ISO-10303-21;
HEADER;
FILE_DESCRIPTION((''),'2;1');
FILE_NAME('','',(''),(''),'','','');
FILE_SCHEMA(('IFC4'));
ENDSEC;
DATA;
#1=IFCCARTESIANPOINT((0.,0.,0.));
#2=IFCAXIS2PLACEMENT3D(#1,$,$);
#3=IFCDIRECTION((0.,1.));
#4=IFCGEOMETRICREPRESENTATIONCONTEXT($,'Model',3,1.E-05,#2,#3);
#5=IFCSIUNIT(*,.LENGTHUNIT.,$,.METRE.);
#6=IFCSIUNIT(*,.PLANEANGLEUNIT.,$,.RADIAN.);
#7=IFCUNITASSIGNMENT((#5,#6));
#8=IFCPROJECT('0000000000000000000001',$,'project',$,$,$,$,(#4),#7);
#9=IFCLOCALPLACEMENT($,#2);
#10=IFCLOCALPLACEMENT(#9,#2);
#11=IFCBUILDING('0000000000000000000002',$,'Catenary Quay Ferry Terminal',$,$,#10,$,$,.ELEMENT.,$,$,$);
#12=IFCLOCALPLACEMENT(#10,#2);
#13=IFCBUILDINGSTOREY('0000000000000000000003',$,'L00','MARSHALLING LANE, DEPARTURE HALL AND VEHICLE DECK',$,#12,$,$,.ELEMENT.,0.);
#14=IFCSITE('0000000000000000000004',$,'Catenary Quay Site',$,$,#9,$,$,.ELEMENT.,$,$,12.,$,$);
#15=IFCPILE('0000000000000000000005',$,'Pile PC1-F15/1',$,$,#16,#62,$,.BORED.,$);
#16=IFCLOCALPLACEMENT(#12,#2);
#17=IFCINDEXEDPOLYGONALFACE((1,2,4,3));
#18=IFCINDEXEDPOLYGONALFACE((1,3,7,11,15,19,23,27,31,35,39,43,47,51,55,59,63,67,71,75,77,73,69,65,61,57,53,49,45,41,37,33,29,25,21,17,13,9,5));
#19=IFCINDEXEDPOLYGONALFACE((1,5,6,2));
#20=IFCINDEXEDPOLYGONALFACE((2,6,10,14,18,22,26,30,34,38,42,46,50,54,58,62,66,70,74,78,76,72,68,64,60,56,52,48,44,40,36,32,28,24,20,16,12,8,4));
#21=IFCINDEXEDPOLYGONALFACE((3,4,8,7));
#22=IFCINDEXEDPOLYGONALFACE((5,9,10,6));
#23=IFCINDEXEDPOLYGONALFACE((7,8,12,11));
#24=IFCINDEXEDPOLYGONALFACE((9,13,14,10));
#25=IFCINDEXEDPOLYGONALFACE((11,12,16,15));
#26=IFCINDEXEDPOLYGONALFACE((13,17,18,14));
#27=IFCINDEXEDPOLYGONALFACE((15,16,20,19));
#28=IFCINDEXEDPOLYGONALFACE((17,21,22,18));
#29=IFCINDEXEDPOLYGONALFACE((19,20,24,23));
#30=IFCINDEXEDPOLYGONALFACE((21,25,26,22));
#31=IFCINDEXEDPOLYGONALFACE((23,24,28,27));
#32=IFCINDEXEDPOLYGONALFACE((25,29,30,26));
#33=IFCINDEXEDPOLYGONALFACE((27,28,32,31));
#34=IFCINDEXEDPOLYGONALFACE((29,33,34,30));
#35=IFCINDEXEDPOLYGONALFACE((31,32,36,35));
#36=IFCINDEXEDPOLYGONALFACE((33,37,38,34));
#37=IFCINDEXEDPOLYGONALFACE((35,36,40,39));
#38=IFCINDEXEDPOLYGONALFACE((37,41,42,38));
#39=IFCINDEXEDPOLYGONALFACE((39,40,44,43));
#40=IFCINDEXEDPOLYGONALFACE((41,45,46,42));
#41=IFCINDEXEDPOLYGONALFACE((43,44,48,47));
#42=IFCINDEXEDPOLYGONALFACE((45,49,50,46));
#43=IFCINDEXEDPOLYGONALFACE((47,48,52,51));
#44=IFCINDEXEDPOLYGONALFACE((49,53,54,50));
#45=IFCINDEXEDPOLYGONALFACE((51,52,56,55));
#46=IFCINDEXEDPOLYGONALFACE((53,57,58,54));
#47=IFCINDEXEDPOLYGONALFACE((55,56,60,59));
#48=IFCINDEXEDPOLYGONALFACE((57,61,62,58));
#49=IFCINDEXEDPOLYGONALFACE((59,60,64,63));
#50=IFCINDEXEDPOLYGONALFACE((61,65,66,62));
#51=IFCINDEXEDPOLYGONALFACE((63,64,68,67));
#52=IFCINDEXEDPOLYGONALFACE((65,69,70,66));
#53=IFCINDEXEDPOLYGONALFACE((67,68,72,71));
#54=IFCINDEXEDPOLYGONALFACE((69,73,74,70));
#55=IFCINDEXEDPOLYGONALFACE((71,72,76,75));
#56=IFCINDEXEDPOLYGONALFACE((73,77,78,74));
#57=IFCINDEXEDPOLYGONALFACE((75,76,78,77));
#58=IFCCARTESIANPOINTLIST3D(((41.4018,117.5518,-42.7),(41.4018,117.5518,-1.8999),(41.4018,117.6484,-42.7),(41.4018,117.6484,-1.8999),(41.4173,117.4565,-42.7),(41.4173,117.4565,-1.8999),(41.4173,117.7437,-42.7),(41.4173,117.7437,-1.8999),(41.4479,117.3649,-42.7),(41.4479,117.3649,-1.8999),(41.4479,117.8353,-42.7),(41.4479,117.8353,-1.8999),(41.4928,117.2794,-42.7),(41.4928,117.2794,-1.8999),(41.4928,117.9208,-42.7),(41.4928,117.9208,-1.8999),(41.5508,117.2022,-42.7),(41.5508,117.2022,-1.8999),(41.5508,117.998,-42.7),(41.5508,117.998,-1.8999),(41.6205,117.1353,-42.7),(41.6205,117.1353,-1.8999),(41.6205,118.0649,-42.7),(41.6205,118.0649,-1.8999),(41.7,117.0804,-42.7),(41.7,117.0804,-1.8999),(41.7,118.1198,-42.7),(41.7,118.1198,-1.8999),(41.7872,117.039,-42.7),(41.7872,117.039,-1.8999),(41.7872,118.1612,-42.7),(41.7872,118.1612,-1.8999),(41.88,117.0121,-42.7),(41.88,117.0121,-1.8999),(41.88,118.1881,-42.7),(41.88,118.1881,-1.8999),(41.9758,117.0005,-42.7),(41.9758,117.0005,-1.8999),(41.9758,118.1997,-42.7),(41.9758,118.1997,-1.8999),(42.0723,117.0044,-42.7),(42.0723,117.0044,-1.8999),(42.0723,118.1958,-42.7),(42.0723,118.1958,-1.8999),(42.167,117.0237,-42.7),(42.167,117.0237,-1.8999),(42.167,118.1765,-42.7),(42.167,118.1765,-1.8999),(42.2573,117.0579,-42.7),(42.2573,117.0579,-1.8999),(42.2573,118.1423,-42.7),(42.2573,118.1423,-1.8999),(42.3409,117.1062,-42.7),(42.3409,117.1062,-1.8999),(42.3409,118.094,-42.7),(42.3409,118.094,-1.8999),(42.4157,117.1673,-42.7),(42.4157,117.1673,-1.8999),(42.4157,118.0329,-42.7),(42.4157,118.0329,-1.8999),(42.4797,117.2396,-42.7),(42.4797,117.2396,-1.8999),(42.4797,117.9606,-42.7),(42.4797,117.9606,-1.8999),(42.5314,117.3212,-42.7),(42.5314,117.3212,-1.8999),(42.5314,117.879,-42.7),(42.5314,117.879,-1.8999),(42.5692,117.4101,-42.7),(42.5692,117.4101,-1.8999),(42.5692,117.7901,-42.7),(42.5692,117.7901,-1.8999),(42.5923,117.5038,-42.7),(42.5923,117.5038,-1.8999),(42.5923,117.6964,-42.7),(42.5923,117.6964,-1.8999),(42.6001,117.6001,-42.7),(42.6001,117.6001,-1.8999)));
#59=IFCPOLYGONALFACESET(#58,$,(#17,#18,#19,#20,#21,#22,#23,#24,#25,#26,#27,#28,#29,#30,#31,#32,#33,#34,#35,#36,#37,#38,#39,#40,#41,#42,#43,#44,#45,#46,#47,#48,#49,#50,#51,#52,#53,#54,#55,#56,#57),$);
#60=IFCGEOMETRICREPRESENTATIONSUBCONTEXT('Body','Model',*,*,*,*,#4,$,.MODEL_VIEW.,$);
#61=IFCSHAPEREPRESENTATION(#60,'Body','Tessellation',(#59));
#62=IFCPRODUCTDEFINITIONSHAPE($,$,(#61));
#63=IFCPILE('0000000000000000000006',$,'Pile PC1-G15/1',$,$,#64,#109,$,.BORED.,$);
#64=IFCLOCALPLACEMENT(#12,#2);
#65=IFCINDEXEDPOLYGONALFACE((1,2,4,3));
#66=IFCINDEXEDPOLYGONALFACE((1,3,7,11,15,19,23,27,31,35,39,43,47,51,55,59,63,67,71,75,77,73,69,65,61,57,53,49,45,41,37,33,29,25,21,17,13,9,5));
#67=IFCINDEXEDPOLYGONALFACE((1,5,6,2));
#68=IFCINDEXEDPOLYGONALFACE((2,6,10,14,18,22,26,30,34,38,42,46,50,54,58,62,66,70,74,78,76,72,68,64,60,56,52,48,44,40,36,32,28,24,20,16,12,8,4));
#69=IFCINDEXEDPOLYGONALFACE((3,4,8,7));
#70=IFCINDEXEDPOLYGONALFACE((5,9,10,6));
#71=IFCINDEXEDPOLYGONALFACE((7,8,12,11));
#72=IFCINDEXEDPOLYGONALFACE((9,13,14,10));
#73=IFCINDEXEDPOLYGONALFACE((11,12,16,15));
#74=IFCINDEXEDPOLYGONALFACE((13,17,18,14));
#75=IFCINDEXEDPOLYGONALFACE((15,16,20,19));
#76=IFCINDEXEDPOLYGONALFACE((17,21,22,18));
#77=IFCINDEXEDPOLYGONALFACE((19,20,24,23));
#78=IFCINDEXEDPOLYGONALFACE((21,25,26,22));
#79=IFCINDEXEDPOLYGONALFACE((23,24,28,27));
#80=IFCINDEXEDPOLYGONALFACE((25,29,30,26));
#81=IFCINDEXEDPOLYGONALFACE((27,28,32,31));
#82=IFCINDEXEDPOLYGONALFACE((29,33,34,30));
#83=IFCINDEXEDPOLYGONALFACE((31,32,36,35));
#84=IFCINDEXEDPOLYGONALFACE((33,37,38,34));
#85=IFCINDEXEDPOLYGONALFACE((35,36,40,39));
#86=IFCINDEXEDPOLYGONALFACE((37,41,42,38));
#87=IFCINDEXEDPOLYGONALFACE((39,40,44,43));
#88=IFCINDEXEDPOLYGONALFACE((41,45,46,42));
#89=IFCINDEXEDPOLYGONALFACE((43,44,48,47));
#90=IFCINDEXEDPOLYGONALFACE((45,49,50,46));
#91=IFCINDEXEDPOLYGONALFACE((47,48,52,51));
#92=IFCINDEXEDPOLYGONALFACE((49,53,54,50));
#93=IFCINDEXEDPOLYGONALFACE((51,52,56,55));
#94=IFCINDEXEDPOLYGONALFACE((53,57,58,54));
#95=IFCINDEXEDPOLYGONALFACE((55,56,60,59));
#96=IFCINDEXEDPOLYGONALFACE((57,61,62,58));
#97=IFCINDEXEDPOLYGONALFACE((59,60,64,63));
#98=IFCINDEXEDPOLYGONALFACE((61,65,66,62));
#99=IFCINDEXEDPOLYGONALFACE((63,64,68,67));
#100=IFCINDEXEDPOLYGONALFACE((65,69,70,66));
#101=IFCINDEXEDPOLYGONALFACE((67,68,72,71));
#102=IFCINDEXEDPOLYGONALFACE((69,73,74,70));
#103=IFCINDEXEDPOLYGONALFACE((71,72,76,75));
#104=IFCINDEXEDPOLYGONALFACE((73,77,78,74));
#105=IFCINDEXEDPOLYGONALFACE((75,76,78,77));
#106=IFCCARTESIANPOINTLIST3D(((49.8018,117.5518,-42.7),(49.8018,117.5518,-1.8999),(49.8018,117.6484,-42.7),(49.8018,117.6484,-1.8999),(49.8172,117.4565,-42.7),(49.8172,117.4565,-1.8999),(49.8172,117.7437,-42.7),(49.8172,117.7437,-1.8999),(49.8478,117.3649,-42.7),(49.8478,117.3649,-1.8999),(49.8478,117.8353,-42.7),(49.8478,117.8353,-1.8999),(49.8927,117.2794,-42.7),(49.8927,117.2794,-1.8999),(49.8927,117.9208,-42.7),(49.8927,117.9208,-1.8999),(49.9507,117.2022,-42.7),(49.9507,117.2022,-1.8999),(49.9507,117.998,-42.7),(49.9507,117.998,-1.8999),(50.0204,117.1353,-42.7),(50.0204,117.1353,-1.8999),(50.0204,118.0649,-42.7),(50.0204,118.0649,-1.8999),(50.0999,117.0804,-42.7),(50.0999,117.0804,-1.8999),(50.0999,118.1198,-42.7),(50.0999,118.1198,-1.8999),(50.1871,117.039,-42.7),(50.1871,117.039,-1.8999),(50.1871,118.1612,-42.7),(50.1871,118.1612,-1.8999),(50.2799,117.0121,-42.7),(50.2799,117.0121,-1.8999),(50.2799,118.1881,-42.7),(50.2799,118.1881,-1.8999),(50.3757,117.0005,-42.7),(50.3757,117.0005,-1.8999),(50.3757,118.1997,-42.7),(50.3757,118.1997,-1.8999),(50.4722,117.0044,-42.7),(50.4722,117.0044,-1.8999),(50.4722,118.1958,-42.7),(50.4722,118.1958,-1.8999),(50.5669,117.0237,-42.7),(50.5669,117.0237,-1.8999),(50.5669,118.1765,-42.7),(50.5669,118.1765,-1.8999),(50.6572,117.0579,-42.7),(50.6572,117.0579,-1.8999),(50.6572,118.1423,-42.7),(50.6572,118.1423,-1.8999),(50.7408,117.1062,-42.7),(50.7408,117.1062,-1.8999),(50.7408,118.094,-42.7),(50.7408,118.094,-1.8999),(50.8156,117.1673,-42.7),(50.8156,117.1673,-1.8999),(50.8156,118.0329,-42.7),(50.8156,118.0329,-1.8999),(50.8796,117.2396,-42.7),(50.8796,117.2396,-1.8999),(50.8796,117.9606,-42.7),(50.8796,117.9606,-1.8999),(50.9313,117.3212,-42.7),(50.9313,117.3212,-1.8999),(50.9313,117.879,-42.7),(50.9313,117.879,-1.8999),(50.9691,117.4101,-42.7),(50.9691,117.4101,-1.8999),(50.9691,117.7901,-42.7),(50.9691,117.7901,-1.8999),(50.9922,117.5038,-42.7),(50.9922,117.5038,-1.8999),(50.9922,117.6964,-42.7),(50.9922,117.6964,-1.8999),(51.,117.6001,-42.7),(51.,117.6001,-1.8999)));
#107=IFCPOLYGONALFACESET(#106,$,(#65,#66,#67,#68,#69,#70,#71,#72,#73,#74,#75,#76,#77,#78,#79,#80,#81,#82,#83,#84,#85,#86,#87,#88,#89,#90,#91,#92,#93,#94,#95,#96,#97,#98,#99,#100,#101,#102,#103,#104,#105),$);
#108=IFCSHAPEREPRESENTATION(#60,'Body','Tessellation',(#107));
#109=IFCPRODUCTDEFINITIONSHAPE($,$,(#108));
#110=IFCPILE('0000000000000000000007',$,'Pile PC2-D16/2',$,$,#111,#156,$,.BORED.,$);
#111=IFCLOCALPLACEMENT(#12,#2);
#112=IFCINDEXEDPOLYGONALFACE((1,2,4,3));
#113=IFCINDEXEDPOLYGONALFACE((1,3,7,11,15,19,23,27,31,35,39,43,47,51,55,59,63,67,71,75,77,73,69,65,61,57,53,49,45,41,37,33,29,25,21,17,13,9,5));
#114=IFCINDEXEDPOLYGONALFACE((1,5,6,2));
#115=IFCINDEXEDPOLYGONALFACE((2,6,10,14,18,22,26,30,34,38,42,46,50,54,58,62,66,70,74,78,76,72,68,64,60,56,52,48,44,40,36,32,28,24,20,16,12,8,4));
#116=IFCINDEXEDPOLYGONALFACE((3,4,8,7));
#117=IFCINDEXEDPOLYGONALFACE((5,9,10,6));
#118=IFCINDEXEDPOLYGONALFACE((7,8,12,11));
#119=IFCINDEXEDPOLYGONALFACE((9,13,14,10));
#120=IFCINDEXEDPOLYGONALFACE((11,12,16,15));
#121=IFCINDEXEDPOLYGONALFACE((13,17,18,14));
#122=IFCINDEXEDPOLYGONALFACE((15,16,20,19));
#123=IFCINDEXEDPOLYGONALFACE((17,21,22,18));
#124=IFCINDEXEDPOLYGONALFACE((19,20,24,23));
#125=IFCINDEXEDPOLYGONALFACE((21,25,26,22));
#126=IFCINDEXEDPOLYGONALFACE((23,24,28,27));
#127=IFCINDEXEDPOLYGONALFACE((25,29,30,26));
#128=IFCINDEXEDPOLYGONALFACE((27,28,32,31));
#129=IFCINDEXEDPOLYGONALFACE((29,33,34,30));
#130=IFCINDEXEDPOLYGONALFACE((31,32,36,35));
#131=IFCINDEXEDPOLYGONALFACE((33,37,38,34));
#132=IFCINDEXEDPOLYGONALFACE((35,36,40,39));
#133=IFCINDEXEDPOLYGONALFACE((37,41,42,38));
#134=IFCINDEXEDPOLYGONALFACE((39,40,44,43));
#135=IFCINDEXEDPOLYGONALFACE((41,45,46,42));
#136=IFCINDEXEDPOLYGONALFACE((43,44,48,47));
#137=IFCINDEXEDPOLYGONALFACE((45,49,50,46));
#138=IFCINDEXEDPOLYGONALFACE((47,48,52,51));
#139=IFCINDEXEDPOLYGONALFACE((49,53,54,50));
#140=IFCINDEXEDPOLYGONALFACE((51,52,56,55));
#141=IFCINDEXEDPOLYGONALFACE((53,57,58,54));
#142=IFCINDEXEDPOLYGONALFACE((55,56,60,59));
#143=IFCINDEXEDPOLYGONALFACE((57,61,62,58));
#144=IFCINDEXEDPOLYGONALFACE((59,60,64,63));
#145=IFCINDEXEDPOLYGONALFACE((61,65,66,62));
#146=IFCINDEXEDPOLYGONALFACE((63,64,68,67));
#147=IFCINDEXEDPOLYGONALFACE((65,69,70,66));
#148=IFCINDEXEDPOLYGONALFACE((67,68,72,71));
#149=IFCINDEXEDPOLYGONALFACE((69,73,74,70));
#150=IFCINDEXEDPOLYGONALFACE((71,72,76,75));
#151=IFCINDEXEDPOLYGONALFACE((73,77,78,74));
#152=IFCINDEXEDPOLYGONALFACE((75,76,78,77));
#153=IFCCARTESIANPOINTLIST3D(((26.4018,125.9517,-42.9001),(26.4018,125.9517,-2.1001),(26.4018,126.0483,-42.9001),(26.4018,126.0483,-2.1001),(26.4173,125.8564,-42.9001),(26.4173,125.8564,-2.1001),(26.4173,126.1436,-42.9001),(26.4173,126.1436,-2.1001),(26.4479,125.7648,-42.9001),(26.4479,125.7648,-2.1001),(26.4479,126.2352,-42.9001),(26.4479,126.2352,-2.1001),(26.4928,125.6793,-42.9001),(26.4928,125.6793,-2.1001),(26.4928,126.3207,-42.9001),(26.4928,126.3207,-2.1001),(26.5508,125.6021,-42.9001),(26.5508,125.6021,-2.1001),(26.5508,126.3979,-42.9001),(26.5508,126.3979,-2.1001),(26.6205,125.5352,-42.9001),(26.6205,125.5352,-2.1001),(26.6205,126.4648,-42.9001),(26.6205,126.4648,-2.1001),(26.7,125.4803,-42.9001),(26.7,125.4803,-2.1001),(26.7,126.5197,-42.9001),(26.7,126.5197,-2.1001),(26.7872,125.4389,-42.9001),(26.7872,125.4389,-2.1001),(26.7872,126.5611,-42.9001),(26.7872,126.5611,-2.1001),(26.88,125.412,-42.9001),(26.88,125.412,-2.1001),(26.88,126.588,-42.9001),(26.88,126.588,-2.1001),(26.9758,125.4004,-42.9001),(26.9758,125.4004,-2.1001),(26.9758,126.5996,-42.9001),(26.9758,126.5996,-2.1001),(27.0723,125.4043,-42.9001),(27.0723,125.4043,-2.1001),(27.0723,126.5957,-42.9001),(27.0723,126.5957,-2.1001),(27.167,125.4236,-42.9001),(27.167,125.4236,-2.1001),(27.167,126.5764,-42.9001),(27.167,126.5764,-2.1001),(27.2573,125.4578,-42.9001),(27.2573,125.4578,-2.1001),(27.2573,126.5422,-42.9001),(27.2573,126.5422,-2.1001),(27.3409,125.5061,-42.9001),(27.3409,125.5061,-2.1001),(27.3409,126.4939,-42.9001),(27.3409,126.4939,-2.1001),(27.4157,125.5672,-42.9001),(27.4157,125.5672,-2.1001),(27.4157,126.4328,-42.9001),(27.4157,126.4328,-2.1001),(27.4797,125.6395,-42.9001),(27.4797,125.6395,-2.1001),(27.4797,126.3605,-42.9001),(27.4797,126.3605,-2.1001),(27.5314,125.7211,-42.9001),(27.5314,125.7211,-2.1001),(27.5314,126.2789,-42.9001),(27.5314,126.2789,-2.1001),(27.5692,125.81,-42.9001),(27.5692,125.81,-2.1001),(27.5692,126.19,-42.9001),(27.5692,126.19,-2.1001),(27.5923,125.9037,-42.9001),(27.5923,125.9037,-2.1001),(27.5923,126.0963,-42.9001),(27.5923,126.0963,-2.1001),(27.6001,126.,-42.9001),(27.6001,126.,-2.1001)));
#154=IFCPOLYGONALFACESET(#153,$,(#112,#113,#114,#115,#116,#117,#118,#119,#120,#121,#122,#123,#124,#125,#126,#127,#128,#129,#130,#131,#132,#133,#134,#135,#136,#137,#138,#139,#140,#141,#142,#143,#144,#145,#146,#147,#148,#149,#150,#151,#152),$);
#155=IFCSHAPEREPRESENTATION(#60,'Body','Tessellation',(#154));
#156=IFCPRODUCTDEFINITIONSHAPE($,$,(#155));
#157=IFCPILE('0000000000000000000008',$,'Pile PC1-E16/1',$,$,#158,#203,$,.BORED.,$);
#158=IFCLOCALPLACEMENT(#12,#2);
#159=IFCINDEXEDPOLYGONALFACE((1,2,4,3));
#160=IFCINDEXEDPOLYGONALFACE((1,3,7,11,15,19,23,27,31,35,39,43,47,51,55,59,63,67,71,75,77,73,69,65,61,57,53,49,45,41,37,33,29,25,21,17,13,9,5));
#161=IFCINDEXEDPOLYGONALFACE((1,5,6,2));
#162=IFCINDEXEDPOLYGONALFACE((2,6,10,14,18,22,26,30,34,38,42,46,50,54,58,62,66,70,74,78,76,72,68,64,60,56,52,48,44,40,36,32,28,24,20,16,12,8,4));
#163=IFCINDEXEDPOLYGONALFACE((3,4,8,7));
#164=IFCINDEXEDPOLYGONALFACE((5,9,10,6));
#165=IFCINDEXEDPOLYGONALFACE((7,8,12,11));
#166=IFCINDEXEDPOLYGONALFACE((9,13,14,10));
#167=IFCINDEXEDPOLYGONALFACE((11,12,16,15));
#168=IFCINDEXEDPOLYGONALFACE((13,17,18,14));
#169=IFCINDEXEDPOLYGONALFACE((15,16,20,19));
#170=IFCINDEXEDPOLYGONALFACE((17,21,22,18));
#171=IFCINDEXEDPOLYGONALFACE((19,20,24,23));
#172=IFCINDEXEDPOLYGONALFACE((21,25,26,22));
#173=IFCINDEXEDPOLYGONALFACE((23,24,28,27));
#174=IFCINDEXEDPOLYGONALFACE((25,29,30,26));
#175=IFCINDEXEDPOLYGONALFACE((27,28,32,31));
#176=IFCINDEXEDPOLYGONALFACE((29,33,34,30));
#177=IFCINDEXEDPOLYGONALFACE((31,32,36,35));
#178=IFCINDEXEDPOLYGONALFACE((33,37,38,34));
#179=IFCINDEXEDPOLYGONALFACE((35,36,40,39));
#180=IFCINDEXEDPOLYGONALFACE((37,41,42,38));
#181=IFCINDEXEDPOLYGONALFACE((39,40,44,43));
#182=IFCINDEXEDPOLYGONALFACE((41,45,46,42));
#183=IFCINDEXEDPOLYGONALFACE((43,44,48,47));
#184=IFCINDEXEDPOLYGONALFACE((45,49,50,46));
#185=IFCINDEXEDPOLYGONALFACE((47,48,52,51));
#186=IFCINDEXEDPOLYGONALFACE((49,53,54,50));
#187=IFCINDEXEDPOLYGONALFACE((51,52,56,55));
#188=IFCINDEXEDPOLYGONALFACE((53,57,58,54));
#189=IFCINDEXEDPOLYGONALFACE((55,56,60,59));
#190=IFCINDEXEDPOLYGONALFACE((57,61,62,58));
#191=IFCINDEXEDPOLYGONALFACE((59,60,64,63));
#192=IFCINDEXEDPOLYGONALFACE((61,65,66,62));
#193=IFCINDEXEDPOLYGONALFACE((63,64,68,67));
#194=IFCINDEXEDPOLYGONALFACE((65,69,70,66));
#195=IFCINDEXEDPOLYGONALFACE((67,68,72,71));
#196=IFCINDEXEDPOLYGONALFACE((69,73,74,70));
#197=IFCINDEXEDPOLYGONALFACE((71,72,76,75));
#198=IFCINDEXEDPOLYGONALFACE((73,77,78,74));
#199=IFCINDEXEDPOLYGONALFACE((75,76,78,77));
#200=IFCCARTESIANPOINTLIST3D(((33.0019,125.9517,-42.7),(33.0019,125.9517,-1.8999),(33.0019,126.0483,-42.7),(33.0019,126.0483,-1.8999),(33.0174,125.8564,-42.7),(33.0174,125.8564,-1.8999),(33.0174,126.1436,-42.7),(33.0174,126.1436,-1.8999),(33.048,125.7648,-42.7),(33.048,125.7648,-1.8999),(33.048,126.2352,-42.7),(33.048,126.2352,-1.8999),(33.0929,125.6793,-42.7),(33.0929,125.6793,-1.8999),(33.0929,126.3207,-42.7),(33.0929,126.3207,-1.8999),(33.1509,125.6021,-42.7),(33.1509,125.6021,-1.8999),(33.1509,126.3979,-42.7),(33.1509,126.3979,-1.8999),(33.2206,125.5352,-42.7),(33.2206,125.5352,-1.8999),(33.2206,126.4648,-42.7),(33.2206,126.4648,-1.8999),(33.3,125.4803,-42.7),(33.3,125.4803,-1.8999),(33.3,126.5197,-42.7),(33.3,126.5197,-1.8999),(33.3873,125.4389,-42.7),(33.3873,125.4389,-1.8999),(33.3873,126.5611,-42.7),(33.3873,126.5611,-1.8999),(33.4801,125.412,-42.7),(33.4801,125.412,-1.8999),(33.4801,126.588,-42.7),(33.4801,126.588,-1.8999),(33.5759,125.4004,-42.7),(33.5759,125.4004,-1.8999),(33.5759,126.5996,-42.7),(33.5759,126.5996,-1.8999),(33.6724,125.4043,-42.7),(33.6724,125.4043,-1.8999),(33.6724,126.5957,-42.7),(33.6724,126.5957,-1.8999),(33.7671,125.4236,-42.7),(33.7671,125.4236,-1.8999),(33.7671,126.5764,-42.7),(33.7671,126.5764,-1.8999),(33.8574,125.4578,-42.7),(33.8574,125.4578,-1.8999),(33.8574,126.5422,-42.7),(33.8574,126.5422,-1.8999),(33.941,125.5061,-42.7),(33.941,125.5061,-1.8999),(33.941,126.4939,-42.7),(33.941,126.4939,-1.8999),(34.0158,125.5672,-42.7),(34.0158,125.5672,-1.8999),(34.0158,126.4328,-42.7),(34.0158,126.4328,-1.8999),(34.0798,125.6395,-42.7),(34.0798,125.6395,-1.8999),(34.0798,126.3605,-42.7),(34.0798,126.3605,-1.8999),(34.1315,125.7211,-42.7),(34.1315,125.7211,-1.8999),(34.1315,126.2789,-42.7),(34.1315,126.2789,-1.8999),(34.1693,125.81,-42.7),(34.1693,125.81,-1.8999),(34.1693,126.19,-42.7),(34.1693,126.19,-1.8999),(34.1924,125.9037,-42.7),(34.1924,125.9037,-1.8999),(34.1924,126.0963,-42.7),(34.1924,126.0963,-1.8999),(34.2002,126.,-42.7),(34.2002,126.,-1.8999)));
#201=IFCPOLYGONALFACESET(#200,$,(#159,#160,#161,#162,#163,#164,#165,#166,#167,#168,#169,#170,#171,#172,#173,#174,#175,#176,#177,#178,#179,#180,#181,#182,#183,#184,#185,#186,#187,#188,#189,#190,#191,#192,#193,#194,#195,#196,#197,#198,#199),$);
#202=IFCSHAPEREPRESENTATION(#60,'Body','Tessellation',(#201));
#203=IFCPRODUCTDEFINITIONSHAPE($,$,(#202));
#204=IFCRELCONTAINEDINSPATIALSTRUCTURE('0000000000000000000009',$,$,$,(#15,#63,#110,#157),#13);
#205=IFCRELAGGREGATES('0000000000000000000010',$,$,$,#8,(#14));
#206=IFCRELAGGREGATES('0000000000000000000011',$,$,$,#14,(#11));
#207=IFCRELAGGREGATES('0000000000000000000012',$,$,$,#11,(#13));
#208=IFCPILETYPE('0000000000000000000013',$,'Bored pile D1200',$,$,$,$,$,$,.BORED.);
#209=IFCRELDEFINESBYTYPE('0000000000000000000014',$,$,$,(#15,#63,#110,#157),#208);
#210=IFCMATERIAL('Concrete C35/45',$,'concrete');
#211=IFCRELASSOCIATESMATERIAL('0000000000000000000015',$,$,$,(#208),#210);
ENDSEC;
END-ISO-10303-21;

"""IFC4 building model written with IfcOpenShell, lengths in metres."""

from ifc_helpers import new_model, si_unit, direction, frame, origin, origin_2d, place, context, subcontext, project, spatial, circle, extrude, material, material_profile, profile_set, type_object, element, save


model = new_model("IFC4")

# Units and contexts
model_context = context("Model", 3, precision=1e-05, world=origin(), true_north=direction((0.0, 1.0)))
body_context = subcontext(model_context, "Body", "Model", "MODEL_VIEW")
ifc_project = project(units=[si_unit("LENGTHUNIT", "METRE"), si_unit("PLANEANGLEUNIT", "RADIAN")], contexts=[model_context])

# Site, building, storey
site_placement = place(None, origin())
site = spatial("IfcSite", under=ifc_project, at=site_placement, Name="Catenary Quay Site", CompositionType="ELEMENT", RefElevation=12.0)
building_placement = place(site_placement, origin())
building = spatial("IfcBuilding", under=site, at=building_placement, Name="Catenary Quay Ferry Terminal", CompositionType="ELEMENT")
storey_placement = place(building_placement, origin())
storey = spatial("IfcBuildingStorey", under=building, at=storey_placement, Name="L00", Description="MARSHALLING LANE, DEPARTURE HALL AND VEHICLE DECK", CompositionType="ELEMENT", Elevation=0.0)

# Piles
ifc_material_1 = material(Name="Concrete C35/45", Category="concrete")
ifc_material_profile_1 = material_profile(ifc_material_1, circle(Radius=0.6001, at=origin_2d()), Name="D1200")
ifc_profile_set_1 = profile_set([ifc_material_profile_1], Name="Concrete C35/45")
pile_type = type_object("IfcPileType", Name="Bored pile D1200", PredefinedType="BORED", material=ifc_profile_set_1)
for number, where, z_axis, x_axis, name in (
    (1, (42.0, 117.6001, -1.8999), (0.0, 0.0, -1.0), (1.0, 0.0, 0.0), "Pile PC1-F15/1"),
    (2, (50.3999, 117.6001, -1.8999), (0.0, 0.0, -1.0), (1.0, 0.0, 0.0), "Pile PC1-G15/1"),
    (3, (27.0, 126.0, -2.1001), (0.0, 0.0, -1.0), (1.0, 0.0, 0.0), "Pile PC2-D16/2"),
    (4, (33.6001, 126.0, -1.8999), (0.0, 0.0, -1.0), (1.0, 0.0, 0.0), "Pile PC1-E16/1"),
):
    element("IfcPile", number, at=place(storey_placement, frame(where, z_axis=z_axis, x_axis=x_axis)), inside=storey, type_object=pile_type, Name=name, PredefinedType="BORED", context=body_context, shape_type="SweptSolid", body=[
        extrude(circle(Radius=0.6001, at=origin_2d()), origin(), (0.0, 0.0, 1.0), 40.8),
    ])

save(model, "model.ifc")
